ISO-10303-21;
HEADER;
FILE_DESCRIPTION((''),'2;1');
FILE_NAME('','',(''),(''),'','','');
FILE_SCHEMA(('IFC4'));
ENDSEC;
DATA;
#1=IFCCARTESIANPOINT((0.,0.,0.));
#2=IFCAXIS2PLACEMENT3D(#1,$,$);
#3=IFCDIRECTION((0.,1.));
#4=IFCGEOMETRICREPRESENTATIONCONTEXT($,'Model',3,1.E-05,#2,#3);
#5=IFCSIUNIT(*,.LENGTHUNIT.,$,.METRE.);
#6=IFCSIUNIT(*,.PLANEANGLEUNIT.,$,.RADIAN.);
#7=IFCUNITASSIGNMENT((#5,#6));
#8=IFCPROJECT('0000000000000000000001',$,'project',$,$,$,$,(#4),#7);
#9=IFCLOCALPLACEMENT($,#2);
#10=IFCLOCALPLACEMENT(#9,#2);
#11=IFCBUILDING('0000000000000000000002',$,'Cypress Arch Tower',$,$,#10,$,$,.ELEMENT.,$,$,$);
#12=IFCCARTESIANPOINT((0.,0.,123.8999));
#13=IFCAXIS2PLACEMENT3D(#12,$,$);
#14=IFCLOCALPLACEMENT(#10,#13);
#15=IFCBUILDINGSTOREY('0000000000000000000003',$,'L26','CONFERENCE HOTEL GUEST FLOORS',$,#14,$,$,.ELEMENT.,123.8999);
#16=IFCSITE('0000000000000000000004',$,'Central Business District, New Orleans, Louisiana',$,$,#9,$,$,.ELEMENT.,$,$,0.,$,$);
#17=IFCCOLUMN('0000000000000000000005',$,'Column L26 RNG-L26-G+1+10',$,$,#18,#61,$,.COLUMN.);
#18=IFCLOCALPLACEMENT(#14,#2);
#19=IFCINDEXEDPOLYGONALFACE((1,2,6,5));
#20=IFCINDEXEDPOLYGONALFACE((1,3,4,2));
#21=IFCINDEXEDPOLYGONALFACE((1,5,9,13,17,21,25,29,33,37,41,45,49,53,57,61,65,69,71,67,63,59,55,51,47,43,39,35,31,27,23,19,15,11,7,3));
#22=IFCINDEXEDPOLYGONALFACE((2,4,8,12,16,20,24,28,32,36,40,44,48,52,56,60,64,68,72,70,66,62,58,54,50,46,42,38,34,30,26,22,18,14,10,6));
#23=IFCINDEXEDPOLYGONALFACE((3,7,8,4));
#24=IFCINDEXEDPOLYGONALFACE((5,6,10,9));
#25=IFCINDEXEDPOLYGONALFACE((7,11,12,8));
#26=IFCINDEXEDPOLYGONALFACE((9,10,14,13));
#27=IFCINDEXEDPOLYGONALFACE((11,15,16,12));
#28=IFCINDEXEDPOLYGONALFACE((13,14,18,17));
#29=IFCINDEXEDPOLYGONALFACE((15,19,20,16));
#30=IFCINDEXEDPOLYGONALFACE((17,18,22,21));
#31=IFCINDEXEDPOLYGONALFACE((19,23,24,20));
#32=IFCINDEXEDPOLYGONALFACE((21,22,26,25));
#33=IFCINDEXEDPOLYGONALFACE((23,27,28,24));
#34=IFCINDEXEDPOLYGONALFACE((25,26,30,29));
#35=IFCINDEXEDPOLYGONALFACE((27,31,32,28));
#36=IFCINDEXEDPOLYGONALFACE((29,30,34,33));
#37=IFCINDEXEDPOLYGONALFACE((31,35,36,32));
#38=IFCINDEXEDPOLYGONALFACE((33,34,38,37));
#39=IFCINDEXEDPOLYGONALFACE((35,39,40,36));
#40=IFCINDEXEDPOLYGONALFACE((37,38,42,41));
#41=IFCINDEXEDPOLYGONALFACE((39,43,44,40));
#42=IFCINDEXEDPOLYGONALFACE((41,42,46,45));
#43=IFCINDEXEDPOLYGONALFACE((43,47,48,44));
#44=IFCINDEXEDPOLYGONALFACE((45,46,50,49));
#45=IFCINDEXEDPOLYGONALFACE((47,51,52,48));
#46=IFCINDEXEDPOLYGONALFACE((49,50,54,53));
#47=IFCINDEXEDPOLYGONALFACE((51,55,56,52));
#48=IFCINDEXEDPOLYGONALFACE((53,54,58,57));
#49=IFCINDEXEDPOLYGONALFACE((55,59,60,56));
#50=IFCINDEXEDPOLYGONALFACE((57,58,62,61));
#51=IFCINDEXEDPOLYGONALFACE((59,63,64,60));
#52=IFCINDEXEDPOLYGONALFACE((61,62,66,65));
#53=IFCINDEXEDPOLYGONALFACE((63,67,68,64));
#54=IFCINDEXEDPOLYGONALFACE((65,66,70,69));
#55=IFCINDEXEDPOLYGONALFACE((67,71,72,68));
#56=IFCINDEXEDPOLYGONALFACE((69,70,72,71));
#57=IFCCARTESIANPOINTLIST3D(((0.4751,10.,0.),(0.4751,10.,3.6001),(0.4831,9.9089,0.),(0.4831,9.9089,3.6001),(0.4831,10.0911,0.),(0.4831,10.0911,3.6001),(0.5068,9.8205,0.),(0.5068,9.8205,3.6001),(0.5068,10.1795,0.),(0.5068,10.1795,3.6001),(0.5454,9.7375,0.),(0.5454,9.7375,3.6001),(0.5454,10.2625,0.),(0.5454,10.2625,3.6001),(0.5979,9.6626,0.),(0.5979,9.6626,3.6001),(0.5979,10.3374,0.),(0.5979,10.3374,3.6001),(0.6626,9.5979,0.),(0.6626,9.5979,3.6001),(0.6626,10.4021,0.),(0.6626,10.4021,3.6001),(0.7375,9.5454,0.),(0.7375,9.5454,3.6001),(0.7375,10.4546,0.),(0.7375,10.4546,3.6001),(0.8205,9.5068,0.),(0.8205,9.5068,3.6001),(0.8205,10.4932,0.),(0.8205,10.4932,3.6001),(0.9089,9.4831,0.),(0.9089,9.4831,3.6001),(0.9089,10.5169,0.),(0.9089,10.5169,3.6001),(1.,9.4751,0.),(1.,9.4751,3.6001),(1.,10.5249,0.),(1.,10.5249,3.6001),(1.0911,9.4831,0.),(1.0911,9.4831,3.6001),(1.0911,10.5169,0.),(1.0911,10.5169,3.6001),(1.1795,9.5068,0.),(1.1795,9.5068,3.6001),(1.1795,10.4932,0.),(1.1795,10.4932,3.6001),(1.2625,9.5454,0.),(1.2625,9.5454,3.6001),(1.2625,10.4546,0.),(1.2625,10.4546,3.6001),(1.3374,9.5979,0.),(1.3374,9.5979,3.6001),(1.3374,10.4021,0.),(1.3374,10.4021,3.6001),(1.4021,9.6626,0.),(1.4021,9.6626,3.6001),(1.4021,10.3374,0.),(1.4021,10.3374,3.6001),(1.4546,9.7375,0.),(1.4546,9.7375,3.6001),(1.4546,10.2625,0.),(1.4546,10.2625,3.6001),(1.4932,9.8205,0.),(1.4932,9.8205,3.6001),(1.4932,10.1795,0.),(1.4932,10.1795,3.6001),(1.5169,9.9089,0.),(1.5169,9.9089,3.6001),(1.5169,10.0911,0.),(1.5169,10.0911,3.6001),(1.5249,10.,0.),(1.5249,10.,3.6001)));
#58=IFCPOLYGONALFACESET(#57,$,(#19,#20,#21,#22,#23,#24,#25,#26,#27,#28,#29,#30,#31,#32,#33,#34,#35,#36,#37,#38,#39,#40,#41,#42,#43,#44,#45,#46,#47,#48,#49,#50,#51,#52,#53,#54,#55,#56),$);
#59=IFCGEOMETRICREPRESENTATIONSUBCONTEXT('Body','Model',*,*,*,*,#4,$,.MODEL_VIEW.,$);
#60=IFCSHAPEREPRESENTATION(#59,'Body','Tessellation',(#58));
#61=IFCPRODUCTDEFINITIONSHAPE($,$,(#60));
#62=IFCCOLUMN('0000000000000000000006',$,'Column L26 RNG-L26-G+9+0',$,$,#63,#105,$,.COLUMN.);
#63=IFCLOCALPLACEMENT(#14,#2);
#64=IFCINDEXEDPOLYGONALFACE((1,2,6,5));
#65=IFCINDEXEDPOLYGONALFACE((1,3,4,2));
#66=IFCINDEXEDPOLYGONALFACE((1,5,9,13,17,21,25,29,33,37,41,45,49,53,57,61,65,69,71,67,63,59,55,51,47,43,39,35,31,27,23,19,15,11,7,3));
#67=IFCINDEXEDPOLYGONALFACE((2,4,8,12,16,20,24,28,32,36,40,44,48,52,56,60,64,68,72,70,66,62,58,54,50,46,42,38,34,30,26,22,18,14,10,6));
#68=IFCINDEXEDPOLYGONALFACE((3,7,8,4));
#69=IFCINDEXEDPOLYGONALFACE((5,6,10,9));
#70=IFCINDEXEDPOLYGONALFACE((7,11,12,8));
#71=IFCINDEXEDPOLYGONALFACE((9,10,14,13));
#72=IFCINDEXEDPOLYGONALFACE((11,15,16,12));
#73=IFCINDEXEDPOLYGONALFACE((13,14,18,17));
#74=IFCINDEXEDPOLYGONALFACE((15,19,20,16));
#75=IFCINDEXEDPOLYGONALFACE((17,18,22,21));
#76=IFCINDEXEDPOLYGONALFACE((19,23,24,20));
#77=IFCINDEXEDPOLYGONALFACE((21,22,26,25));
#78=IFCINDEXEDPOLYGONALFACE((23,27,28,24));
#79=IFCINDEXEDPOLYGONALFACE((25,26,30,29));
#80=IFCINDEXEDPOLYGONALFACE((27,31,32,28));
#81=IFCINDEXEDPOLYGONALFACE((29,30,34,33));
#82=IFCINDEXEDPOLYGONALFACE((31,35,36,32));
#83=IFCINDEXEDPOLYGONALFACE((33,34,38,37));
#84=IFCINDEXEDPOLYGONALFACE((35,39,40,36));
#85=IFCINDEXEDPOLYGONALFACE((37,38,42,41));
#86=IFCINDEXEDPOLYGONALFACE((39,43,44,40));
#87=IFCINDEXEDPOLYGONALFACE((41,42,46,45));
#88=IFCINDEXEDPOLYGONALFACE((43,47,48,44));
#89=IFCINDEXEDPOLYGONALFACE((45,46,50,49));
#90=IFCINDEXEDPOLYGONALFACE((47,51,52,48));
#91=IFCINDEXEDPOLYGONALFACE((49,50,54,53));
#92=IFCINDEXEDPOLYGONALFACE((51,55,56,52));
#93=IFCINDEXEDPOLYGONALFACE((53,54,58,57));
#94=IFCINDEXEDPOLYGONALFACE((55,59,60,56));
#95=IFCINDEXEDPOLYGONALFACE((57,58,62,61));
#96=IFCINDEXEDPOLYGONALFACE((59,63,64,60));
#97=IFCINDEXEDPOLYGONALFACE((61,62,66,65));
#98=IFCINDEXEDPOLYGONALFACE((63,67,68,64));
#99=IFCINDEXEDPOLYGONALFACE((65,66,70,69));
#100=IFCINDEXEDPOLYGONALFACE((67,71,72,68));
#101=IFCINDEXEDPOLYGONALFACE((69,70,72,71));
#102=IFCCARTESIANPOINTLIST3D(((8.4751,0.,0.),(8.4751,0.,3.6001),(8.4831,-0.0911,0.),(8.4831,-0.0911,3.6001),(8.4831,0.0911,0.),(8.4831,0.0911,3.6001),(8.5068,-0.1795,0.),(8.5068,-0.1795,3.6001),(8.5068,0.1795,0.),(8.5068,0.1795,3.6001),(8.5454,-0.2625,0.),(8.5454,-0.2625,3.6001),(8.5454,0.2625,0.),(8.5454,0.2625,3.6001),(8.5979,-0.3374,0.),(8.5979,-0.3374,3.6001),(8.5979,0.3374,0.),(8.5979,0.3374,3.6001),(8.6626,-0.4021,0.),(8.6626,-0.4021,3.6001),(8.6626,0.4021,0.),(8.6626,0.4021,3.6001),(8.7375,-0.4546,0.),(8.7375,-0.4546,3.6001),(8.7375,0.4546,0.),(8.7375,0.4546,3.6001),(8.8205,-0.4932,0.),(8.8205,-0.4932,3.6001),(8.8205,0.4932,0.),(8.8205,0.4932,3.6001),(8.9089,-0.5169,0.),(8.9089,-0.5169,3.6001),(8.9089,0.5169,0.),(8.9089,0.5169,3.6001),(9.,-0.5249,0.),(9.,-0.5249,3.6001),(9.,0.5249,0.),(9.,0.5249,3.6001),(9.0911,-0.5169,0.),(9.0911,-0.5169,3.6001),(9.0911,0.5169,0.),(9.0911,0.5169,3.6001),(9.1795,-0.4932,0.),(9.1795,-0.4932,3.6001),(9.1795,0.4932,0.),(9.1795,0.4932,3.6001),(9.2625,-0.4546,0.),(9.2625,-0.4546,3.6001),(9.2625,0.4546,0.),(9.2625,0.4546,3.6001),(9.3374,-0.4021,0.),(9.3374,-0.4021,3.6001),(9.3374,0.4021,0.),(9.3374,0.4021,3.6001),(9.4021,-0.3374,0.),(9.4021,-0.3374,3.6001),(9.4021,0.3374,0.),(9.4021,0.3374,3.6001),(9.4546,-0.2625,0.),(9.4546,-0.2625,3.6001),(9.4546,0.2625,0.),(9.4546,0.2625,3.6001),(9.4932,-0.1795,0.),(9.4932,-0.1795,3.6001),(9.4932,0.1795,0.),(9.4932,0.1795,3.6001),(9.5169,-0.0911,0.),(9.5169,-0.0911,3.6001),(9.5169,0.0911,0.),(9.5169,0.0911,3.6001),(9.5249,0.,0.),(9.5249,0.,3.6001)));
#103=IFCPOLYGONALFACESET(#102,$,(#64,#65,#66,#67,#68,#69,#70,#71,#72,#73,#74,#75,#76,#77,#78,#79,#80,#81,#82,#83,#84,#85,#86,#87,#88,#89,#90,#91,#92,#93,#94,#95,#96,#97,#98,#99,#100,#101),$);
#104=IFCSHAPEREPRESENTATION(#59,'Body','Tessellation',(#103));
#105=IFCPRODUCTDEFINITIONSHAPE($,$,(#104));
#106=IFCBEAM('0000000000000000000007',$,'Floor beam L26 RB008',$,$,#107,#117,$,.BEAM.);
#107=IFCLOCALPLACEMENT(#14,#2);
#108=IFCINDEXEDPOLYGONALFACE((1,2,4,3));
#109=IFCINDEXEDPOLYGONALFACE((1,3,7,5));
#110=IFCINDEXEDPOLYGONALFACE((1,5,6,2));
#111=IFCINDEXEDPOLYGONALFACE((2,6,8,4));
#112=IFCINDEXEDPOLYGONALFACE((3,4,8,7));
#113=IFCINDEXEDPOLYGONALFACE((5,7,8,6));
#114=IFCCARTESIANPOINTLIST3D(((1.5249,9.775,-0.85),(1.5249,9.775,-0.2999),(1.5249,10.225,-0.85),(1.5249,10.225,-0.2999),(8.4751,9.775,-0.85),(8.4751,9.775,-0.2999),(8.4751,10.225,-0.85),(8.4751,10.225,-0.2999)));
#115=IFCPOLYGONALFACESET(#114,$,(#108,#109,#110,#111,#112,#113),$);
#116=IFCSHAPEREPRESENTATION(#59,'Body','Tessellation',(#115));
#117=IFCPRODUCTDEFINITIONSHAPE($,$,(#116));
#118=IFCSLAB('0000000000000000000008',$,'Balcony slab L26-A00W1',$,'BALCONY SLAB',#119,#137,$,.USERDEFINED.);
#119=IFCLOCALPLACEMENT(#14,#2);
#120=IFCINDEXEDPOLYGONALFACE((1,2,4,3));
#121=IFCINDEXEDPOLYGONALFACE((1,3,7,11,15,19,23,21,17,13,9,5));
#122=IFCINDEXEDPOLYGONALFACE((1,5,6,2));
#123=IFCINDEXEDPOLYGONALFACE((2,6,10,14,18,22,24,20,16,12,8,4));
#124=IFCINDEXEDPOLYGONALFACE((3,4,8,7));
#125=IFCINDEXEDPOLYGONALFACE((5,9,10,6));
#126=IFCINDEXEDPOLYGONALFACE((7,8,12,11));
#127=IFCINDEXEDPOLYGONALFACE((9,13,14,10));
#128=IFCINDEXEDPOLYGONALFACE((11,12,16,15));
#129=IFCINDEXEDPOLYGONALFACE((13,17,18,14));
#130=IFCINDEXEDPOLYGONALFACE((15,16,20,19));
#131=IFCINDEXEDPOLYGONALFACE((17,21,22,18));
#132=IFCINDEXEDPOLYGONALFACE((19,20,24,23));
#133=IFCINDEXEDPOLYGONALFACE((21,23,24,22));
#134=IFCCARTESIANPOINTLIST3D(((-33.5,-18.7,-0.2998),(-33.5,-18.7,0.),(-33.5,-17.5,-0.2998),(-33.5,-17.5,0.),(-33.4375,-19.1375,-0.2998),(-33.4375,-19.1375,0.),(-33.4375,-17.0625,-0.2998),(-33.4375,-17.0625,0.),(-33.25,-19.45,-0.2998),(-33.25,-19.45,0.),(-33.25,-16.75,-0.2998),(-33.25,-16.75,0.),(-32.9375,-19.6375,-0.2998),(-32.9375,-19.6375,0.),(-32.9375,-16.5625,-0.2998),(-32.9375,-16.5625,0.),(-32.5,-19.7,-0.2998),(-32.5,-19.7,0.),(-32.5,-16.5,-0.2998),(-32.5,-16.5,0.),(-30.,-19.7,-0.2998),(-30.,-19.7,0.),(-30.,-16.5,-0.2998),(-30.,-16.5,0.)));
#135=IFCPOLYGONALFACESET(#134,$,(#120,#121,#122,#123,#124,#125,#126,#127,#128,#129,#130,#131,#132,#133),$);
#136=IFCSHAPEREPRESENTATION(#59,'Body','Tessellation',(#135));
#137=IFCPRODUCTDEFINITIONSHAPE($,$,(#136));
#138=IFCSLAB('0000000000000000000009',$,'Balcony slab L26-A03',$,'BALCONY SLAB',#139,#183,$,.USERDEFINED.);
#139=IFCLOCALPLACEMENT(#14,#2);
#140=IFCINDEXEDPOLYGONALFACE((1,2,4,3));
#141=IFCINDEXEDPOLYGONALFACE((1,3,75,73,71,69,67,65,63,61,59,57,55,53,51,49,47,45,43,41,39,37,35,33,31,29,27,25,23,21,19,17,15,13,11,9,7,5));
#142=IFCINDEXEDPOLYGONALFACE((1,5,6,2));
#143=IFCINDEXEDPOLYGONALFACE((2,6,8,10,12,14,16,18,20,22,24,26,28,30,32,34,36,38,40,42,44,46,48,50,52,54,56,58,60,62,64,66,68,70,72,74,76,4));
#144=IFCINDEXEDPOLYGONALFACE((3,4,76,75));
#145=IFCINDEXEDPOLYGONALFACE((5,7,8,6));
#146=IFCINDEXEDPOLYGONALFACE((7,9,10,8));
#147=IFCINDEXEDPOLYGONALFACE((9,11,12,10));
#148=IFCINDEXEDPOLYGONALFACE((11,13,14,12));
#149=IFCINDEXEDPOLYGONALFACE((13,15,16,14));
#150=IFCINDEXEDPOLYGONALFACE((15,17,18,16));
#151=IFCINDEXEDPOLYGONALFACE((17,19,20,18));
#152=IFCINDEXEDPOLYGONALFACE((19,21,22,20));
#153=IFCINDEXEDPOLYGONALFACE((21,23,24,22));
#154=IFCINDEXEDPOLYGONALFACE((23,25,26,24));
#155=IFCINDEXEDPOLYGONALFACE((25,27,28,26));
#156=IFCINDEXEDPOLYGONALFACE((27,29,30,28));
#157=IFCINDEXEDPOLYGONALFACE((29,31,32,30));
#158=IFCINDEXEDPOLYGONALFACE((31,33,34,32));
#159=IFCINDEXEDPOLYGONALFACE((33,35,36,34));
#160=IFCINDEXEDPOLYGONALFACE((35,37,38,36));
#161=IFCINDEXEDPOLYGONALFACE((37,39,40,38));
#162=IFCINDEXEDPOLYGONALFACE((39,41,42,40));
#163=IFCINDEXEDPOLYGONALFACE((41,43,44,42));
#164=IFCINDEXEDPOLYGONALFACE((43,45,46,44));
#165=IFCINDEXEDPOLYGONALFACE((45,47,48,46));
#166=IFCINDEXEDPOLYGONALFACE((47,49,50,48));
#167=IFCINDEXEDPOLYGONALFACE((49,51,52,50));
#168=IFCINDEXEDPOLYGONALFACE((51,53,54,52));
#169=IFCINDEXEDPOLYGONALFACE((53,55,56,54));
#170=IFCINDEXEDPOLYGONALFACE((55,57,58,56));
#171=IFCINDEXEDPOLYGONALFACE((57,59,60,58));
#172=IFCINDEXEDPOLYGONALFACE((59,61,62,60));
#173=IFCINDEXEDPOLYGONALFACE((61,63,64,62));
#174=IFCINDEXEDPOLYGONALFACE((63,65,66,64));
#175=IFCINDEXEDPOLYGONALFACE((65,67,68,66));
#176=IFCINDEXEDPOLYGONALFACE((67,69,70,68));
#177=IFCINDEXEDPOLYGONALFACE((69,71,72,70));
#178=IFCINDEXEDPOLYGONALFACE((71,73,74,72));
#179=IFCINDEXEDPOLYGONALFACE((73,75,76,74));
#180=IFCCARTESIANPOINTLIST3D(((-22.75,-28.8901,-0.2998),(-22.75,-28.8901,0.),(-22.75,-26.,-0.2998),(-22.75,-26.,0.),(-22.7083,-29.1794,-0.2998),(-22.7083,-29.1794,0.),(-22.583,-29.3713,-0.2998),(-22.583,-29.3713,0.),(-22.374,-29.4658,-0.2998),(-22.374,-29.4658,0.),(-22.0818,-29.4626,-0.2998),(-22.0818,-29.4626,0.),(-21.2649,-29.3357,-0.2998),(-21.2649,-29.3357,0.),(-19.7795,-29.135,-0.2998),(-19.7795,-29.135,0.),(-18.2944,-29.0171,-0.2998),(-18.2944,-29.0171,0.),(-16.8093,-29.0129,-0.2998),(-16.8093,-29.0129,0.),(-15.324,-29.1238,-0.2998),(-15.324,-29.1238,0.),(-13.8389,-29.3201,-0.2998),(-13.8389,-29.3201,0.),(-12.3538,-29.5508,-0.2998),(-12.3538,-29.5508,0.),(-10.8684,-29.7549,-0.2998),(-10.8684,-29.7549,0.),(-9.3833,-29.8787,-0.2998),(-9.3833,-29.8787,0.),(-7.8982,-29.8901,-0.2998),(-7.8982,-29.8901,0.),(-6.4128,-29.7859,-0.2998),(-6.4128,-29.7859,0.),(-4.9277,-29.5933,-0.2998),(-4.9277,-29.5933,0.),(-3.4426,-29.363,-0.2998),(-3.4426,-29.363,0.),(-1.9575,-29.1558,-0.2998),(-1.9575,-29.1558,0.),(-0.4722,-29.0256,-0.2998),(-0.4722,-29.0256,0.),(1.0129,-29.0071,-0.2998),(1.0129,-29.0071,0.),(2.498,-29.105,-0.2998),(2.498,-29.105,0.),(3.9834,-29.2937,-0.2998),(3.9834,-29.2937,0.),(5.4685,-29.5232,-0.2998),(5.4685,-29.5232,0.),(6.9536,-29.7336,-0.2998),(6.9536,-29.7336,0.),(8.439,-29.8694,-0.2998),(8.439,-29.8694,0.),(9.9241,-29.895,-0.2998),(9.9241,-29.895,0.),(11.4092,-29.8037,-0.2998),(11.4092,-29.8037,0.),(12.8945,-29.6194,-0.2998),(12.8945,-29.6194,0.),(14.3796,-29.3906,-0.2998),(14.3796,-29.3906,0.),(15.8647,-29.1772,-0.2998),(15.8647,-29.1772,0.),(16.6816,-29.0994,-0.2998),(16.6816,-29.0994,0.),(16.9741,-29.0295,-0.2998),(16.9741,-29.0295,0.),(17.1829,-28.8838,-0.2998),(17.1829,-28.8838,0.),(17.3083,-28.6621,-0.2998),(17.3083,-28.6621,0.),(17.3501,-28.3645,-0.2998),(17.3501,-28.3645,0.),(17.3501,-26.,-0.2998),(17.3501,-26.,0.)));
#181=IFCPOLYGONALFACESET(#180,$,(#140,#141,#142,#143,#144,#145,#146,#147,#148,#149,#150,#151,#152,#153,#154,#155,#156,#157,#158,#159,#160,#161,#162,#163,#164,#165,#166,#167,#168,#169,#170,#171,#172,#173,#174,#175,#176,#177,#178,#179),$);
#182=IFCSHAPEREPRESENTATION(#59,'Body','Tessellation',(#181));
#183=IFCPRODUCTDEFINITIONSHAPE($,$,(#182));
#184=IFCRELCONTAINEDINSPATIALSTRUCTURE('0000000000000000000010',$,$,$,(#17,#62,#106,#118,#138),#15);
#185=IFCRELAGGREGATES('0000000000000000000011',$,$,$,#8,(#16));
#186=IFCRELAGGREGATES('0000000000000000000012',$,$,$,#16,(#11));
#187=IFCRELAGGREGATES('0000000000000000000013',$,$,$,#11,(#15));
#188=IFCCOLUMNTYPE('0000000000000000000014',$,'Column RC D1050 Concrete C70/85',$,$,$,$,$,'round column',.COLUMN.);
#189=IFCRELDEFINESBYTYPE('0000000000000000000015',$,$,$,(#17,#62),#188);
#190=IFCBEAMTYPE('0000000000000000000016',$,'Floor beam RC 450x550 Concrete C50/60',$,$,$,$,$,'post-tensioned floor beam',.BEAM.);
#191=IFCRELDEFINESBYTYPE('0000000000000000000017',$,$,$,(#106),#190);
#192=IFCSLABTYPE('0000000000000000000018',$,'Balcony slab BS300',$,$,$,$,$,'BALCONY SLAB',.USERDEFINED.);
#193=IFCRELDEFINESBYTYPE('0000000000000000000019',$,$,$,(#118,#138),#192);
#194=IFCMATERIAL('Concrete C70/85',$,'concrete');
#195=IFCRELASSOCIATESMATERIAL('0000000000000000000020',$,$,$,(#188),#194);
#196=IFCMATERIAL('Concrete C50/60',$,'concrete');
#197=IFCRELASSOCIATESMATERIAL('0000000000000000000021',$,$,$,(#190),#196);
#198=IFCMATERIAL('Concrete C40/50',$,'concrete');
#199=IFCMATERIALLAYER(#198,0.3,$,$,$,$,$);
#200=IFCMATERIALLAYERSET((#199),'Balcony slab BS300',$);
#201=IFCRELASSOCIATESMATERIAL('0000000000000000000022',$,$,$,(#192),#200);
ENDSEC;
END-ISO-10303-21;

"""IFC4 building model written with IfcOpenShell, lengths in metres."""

from ifc_helpers import new_model, si_unit, direction, frame, origin, origin_2d, place, context, subcontext, project, spatial, polyline, rectangle, circle, outline, extrude, material, layer, layer_set, material_profile, profile_set, type_object, element, save


model = new_model("IFC4")

# Units and contexts
model_context = context("Model", 3, precision=1e-05, world=origin(), true_north=direction((0.0, 1.0)))
body_context = subcontext(model_context, "Body", "Model", "MODEL_VIEW")
ifc_project = project(units=[si_unit("LENGTHUNIT", "METRE"), si_unit("PLANEANGLEUNIT", "RADIAN")], contexts=[model_context])

# Site, building, storey
site_placement = place(None, origin())
site = spatial("IfcSite", under=ifc_project, at=site_placement, Name="Central Business District, New Orleans, Louisiana", CompositionType="ELEMENT", RefElevation=0.0)
building_placement = place(site_placement, origin())
building = spatial("IfcBuilding", under=site, at=building_placement, Name="Cypress Arch Tower", CompositionType="ELEMENT")
storey_placement = place(building_placement, frame((0.0, 0.0, 123.8999)))
storey = spatial("IfcBuildingStorey", under=building, at=storey_placement, Name="L26", Description="CONFERENCE HOTEL GUEST FLOORS", CompositionType="ELEMENT", Elevation=123.8999)

# Columns
ifc_material_1 = material(Name="Concrete C70/85", Category="concrete")
ifc_material_profile_1 = material_profile(ifc_material_1, circle(Radius=0.5249, at=origin_2d()), Name="RC D1050")
ifc_profile_set_1 = profile_set([ifc_material_profile_1], Name="Concrete C70/85")
column_type = type_object("IfcColumnType", Name="Column RC D1050 Concrete C70/85", ElementType="round column", PredefinedType="COLUMN", material=ifc_profile_set_1)
for number, where, z_axis, x_axis, name in (
    (1, (1.0, 10.0, 0.0), (0.0, 0.0, 1.0), (1.0, 0.0, 0.0), "Column L26 RNG-L26-G+1+10"),
    (2, (9.0, 0.0, 0.0), (0.0, 0.0, 1.0), (1.0, 0.0, 0.0), "Column L26 RNG-L26-G+9+0"),
):
    element("IfcColumn", number, at=place(storey_placement, frame(where, z_axis=z_axis, x_axis=x_axis)), inside=storey, type_object=column_type, Name=name, PredefinedType="COLUMN", context=body_context, shape_type="SweptSolid", body=[
        extrude(circle(Radius=0.5249, at=origin_2d()), origin(), (0.0, 0.0, 1.0), 3.6001),
    ])

# Beam
ifc_material_2 = material(Name="Concrete C50/60", Category="concrete")
ifc_material_profile_2 = material_profile(ifc_material_2, rectangle(XDim=0.45, YDim=0.55, at=origin_2d()), Name="RC 450x550")
ifc_profile_set_2 = profile_set([ifc_material_profile_2], Name="Concrete C50/60")
beam_type = type_object("IfcBeamType", Name="Floor beam RC 450x550 Concrete C50/60", ElementType="post-tensioned floor beam", PredefinedType="BEAM", material=ifc_profile_set_2)
beam_placement = place(storey_placement, frame((1.5249, 10.0, -0.575), z_axis=(1.0, 0.0, 0.0), x_axis=(0.0, 1.0, 0.0)))
element("IfcBeam", 3, at=beam_placement, inside=storey, type_object=beam_type, Name="Floor beam L26 RB008", PredefinedType="BEAM", context=body_context, shape_type="SweptSolid", body=[
    extrude(rectangle(XDim=0.45, YDim=0.55, at=origin_2d()), origin(), (0.0, 0.0, 1.0), 6.9502),
])

# Slabs
ifc_material_3 = material(Name="Concrete C40/50", Category="concrete")
ifc_layer_1 = layer(ifc_material_3, 0.3)
ifc_layer_set_1 = layer_set([ifc_layer_1], Name="Balcony slab BS300")
slab_type_1 = type_object("IfcSlabType", Name="Balcony slab BS300", ElementType="BALCONY SLAB", PredefinedType="USERDEFINED", material=ifc_layer_set_1)
slab_1_placement = place(storey_placement, frame((0.0, 0.0, -0.2998)))
element("IfcSlab", 4, at=slab_1_placement, inside=storey, type_object=slab_type_1, Name="Balcony slab L26-A00W1", ObjectType="BALCONY SLAB", PredefinedType="USERDEFINED", context=body_context, shape_type="SweptSolid", body=[
    extrude(outline(polyline([(-30.0, -16.5), (-32.5, -16.5), (-32.9375, -16.5625), (-33.25, -16.75), (-33.4375, -17.0625), (-33.5, -17.5), (-33.5, -18.7), (-33.4375, -19.1375), (-33.25, -19.45), (-32.9375, -19.6375), (-32.5, -19.7), (-30.0, -19.7), (-30.0, -16.5)])), origin(), (0.0, 0.0, 1.0), 0.2998),
])
slab_2_placement = place(storey_placement, frame((0.0, 0.0, -0.2998)))
element("IfcSlab", 5, at=slab_2_placement, inside=storey, type_object=slab_type_1, Name="Balcony slab L26-A03", ObjectType="BALCONY SLAB", PredefinedType="USERDEFINED", context=body_context, shape_type="SweptSolid", body=[
    extrude(outline(polyline([(-22.75, -26.0), (-22.75, -28.8901), (-22.7083, -29.1794), (-22.583, -29.3713), (-22.374, -29.4658), (-22.0818, -29.4626), (-21.2649, -29.3357), (-19.7795, -29.135), (-18.2944, -29.0171), (-16.8093, -29.0129), (-15.324, -29.1238), (-13.8389, -29.3201), (-12.3538, -29.5508), (-10.8684, -29.7549), (-9.3833, -29.8787), (-7.8982, -29.8901), (-6.4128, -29.7859), (-4.9277, -29.5933), (-3.4426, -29.363), (-1.9575, -29.1558), (-0.4722, -29.0256), (1.0129, -29.0071), (2.498, -29.105), (3.9834, -29.2937), (5.4685, -29.5232), (6.9536, -29.7336), (8.439, -29.8694), (9.9241, -29.895), (11.4092, -29.8037), (12.8945, -29.6194), (14.3796, -29.3906), (15.8647, -29.1772), (16.6816, -29.0994), (16.9741, -29.0295), (17.1829, -28.8838), (17.3083, -28.6621), (17.3501, -28.3645), (17.3501, -26.0), (-22.75, -26.0)])), origin(), (0.0, 0.0, 1.0), 0.2998),
])

save(model, "model.ifc")
